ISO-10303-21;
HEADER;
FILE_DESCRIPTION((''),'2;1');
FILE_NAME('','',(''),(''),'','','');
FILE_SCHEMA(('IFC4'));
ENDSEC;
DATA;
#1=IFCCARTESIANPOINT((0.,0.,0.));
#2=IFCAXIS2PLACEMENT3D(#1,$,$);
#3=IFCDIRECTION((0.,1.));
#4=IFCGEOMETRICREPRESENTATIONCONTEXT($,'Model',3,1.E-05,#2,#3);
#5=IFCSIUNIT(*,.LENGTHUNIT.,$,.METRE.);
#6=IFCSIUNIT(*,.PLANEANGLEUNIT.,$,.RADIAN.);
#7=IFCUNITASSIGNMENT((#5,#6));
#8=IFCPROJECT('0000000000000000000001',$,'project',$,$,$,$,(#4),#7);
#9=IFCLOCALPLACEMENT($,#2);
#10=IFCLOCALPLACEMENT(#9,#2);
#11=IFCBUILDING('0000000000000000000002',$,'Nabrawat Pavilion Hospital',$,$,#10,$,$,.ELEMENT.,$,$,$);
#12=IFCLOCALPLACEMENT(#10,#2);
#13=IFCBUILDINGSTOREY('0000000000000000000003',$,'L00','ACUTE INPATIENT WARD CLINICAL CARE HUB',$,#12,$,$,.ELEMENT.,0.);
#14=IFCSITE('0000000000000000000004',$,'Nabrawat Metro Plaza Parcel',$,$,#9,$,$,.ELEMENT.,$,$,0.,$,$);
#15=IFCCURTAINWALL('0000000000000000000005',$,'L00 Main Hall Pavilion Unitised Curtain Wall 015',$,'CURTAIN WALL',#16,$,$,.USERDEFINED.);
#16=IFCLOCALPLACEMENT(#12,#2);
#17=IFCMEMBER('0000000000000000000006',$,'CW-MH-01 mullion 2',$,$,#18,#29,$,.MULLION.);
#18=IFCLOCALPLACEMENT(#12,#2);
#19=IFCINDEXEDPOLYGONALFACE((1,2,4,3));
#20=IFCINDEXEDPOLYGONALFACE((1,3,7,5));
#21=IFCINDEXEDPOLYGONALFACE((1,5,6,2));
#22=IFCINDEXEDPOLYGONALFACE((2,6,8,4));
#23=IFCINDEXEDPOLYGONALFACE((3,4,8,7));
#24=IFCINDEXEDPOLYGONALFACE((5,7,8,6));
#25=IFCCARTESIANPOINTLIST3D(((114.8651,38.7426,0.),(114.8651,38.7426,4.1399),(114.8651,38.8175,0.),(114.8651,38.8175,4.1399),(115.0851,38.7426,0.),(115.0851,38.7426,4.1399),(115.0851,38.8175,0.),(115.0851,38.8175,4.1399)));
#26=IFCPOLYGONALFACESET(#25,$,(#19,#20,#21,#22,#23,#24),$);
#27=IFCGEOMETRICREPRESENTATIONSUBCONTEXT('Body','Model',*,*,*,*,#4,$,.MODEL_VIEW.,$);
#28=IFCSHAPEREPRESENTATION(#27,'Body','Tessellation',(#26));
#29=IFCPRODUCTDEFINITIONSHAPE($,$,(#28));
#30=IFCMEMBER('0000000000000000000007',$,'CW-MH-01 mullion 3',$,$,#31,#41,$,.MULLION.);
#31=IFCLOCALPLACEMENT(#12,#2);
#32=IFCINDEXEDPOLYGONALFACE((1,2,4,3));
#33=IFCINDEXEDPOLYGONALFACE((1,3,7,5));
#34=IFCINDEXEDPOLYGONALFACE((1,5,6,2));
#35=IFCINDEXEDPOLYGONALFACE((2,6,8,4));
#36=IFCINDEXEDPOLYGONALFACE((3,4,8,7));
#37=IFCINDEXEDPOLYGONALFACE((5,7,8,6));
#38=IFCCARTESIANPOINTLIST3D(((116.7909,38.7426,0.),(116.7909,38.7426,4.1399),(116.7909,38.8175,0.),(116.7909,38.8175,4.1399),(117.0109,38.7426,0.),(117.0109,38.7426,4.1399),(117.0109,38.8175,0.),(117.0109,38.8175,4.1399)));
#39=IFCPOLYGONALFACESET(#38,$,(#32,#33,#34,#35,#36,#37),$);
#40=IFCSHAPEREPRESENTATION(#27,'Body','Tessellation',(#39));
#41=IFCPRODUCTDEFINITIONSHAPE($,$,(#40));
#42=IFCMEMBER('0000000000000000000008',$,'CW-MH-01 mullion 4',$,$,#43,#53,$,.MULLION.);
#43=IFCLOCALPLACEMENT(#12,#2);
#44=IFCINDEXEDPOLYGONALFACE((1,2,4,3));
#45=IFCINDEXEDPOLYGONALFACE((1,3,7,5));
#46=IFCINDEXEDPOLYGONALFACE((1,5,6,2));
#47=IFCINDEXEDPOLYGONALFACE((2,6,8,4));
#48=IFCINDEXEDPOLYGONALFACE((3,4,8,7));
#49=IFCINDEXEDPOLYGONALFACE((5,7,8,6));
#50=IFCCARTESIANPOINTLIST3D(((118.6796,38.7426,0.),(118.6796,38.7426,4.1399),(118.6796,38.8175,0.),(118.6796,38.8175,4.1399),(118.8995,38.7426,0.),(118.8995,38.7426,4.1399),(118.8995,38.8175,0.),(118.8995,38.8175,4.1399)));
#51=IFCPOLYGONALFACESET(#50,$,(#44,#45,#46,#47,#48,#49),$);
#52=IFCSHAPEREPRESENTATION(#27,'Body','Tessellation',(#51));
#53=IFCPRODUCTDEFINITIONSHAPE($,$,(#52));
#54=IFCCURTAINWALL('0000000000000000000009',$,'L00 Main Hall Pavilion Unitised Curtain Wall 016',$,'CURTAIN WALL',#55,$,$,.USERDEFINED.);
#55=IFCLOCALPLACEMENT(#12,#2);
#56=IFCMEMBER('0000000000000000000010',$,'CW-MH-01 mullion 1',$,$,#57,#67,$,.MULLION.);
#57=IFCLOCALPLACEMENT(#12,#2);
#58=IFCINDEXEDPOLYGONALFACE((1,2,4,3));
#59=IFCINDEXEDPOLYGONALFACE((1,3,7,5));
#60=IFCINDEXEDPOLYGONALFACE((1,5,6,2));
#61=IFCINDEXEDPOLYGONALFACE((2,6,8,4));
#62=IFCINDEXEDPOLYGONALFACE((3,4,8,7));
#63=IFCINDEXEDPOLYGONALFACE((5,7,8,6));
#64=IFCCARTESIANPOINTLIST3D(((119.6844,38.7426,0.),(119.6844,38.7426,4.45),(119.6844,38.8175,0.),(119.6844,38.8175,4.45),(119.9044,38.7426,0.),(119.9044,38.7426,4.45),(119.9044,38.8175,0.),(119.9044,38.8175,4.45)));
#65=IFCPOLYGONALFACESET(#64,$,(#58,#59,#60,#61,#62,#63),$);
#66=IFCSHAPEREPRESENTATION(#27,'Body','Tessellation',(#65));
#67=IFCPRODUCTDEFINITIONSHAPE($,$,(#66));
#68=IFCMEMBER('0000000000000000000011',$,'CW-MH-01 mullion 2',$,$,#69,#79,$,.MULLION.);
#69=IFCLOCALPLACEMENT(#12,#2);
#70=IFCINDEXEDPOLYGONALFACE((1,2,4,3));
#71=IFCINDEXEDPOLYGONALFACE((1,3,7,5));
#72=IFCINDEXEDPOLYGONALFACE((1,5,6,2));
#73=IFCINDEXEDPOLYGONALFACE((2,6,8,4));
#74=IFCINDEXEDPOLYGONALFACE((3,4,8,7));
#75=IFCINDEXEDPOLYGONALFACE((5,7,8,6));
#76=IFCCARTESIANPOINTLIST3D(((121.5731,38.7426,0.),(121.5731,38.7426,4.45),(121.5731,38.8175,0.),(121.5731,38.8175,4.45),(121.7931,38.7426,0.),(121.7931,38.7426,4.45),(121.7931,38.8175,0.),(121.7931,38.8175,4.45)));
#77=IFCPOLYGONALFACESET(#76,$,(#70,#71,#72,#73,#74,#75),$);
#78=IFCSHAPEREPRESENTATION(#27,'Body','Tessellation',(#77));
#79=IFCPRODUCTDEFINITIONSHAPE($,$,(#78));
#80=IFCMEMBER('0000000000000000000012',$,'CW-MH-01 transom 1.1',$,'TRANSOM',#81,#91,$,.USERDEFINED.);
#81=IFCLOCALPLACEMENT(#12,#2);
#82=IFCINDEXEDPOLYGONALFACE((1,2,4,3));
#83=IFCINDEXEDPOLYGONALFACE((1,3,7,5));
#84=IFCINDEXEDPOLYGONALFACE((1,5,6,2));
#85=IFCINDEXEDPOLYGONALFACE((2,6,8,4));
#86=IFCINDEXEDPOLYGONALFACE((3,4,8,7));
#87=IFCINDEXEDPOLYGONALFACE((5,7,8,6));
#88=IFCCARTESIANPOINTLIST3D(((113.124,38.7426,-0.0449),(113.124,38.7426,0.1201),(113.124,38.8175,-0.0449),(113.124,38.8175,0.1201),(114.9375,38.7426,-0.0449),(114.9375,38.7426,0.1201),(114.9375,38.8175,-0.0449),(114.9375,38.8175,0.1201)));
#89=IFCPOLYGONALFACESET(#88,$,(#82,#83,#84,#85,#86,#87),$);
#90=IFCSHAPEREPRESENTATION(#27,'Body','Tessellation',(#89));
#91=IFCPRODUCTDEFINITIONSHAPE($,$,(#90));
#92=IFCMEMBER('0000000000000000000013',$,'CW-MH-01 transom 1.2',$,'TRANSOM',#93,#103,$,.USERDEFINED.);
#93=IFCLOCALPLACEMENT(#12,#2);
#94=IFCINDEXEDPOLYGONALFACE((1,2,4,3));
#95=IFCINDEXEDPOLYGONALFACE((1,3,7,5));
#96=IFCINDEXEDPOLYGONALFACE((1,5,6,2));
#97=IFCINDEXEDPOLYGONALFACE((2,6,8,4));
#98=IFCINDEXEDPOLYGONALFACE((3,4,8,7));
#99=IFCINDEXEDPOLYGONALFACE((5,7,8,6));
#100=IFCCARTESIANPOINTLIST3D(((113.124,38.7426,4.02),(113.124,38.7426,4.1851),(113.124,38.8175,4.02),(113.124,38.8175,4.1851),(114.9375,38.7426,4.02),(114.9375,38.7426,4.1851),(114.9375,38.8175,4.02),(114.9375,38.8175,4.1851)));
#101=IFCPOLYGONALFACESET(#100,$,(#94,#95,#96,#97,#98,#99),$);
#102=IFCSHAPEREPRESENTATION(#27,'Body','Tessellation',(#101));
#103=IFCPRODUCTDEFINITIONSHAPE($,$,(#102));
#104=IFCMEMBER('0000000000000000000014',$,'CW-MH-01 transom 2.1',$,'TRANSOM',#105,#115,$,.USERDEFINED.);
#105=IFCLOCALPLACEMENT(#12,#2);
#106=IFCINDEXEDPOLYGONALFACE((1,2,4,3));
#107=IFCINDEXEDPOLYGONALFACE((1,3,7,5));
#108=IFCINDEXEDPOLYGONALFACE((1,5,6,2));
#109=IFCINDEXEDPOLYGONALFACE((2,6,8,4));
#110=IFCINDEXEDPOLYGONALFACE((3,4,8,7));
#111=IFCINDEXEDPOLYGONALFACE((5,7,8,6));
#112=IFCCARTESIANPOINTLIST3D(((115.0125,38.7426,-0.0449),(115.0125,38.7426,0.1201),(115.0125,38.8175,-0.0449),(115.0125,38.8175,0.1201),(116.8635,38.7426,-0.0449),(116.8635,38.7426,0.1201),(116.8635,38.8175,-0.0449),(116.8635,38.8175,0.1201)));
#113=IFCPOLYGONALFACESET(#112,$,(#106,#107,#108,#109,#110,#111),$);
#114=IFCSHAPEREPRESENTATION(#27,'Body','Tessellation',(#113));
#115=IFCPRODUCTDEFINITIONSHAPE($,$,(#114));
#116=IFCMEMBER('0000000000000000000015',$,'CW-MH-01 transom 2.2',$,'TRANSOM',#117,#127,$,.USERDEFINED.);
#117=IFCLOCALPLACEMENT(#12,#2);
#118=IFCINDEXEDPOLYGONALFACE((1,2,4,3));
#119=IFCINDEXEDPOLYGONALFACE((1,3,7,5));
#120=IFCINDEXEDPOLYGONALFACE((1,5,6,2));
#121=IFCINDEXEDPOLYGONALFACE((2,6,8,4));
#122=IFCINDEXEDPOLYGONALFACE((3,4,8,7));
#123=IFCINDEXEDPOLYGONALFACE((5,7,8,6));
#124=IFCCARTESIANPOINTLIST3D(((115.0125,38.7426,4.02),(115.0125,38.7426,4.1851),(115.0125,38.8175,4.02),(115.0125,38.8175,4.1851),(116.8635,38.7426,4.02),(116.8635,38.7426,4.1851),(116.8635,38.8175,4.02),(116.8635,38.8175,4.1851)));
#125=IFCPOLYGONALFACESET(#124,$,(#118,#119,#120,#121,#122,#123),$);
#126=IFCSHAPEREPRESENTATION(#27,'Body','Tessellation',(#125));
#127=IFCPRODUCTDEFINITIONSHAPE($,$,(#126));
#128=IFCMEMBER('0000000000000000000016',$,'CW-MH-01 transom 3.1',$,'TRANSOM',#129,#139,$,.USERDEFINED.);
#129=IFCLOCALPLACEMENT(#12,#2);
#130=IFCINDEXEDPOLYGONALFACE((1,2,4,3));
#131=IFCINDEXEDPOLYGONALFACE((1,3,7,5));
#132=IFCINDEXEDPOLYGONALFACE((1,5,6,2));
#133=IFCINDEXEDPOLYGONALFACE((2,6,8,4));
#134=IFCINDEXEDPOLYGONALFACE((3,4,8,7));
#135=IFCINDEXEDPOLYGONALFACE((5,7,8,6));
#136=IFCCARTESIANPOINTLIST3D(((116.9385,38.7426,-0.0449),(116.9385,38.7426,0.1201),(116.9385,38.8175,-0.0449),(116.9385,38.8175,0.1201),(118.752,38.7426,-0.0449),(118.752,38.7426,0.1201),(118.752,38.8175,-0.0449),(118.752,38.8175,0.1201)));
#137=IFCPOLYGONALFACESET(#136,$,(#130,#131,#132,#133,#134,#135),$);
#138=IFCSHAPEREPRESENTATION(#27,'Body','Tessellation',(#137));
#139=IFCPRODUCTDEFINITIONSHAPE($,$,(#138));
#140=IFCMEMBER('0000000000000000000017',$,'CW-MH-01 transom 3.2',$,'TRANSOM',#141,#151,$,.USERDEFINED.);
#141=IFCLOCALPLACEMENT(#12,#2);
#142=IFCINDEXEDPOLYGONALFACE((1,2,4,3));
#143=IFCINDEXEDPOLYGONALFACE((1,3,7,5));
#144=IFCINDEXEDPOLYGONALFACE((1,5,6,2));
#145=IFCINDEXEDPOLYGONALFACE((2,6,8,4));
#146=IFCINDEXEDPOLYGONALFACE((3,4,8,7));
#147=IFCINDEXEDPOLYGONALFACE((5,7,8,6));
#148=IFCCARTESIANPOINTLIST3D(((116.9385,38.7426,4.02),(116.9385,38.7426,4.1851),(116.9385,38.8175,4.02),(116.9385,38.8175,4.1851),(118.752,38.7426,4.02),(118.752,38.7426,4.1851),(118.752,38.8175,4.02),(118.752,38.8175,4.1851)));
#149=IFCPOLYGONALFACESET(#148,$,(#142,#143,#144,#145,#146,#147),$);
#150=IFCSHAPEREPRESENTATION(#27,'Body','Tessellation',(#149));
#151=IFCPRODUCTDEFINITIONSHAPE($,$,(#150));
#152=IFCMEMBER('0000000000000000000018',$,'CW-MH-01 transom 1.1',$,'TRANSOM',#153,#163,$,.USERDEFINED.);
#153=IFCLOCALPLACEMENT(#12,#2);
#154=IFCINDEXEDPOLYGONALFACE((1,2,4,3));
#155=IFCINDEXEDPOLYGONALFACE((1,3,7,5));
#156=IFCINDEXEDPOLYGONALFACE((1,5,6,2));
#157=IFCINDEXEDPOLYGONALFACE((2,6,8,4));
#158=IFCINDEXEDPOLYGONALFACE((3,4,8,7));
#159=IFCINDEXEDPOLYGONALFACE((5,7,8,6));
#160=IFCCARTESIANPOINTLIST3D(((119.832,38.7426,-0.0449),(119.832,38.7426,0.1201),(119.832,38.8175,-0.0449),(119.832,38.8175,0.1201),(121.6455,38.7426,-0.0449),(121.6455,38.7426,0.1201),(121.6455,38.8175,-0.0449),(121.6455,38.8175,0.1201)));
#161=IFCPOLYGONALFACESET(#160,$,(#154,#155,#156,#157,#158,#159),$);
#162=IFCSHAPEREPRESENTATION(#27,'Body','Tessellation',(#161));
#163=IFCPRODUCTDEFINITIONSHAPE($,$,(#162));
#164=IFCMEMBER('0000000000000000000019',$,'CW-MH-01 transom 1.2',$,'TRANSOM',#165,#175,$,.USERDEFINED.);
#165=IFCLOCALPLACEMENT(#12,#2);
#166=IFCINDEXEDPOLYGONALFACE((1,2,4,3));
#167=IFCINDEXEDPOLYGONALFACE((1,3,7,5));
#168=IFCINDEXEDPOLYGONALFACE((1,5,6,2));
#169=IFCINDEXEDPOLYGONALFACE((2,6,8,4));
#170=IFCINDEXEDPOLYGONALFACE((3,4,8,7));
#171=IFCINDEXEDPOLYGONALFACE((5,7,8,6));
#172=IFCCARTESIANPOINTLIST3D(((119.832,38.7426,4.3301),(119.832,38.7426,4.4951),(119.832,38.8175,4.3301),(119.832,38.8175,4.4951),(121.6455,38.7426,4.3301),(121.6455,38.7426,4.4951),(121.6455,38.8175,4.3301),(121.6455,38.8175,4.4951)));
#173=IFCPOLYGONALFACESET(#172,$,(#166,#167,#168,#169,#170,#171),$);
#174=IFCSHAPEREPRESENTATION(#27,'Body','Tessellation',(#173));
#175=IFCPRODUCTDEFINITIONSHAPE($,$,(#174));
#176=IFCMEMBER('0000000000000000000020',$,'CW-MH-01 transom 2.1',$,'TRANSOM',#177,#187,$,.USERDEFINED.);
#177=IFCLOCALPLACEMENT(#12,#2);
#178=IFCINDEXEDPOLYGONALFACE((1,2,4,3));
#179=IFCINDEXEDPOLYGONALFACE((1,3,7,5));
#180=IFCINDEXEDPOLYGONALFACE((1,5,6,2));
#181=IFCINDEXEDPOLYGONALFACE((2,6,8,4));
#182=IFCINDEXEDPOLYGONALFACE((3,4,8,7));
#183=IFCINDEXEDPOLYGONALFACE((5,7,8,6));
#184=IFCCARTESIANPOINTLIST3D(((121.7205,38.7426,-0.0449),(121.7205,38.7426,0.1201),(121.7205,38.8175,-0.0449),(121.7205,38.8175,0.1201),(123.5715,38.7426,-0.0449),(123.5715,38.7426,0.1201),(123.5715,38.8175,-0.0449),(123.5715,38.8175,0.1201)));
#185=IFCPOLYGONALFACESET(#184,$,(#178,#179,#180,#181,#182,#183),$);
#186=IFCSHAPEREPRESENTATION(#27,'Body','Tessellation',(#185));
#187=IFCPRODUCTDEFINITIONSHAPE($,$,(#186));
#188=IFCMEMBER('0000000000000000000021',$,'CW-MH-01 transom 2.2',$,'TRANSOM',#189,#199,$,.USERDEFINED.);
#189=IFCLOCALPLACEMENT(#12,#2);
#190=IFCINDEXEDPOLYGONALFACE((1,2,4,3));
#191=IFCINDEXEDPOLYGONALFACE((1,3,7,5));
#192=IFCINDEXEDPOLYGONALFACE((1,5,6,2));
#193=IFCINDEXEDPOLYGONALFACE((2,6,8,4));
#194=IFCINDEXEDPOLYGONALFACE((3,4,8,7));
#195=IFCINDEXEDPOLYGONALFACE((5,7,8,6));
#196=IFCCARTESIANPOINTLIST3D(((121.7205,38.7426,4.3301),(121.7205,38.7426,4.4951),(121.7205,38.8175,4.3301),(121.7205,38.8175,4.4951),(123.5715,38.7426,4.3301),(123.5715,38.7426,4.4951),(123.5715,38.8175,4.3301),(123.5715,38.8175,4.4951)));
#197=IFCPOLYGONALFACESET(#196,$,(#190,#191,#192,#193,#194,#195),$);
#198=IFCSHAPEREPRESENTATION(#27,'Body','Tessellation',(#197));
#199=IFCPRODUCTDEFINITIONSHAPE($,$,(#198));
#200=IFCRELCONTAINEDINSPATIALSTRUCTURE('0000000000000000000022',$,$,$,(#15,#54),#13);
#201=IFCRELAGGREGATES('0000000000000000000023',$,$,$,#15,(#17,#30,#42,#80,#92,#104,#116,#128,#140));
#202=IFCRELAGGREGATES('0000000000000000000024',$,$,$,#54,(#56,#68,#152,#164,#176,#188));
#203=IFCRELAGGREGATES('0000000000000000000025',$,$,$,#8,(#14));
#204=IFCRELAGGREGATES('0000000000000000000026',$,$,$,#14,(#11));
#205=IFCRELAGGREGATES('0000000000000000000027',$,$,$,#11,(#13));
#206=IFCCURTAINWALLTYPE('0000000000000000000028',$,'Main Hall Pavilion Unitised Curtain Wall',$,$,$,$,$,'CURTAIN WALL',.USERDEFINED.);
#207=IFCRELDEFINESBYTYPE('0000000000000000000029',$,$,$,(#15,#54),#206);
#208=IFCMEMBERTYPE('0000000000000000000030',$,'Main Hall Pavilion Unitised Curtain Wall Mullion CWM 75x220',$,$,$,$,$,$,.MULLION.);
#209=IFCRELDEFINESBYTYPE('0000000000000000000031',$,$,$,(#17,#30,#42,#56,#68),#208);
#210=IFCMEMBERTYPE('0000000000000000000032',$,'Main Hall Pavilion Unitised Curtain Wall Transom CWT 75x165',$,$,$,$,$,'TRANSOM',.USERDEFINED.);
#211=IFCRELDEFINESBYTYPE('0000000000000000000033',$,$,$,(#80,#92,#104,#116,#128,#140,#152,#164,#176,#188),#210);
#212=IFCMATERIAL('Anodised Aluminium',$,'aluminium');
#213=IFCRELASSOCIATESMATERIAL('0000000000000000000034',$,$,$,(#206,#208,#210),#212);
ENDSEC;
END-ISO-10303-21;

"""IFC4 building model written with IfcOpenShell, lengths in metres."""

from ifc_helpers import new_model, si_unit, direction, frame, origin, origin_2d, place, context, subcontext, project, spatial, rectangle, extrude, material, material_profile, profile_set, type_object, element, aggregate, save


model = new_model("IFC4")

# Units and contexts
model_context = context("Model", 3, precision=1e-05, world=origin(), true_north=direction((0.0, 1.0)))
body_context = subcontext(model_context, "Body", "Model", "MODEL_VIEW")
ifc_project = project(units=[si_unit("LENGTHUNIT", "METRE"), si_unit("PLANEANGLEUNIT", "RADIAN")], contexts=[model_context])

# Site, building, storey
site_placement = place(None, origin())
site = spatial("IfcSite", under=ifc_project, at=site_placement, Name="Nabrawat Metro Plaza Parcel", CompositionType="ELEMENT", RefElevation=0.0)
building_placement = place(site_placement, origin())
building = spatial("IfcBuilding", under=site, at=building_placement, Name="Nabrawat Pavilion Hospital", CompositionType="ELEMENT")
storey_placement = place(building_placement, origin())
storey = spatial("IfcBuildingStorey", under=building, at=storey_placement, Name="L00", Description="ACUTE INPATIENT WARD CLINICAL CARE HUB", CompositionType="ELEMENT", Elevation=0.0)

# Curtain walls, members
ifc_material_1 = material(Name="Anodised Aluminium", Category="aluminium")
curtain_wall_type = type_object("IfcCurtainWallType", Name="Main Hall Pavilion Unitised Curtain Wall", ElementType="CURTAIN WALL", PredefinedType="USERDEFINED", material=ifc_material_1)
curtain_wall_1_placement = place(storey_placement, origin())
curtain_wall_1 = element("IfcCurtainWall", 1, at=curtain_wall_1_placement, inside=storey, type_object=curtain_wall_type, Name="L00 Main Hall Pavilion Unitised Curtain Wall 015", ObjectType="CURTAIN WALL", PredefinedType="USERDEFINED")
ifc_material_profile_1 = material_profile(ifc_material_1, rectangle(XDim=0.075, YDim=0.22, at=origin_2d()), Name="CWM 75x220")
ifc_profile_set_1 = profile_set([ifc_material_profile_1], Name="Anodised Aluminium")
member_type_1 = type_object("IfcMemberType", Name="Main Hall Pavilion Unitised Curtain Wall Mullion CWM 75x220", PredefinedType="MULLION", material=ifc_profile_set_1)
member_1_placement = place(storey_placement, frame((114.9751, 38.78, 0.0), z_axis=(0.0, 0.0, 1.0), x_axis=(0.0, 1.0, 0.0)))
member_1 = element("IfcMember", 2, at=member_1_placement, type_object=member_type_1, Name="CW-MH-01 mullion 2", PredefinedType="MULLION", context=body_context, shape_type="SweptSolid", body=[
    extrude(rectangle(XDim=0.075, YDim=0.22, at=origin_2d()), origin(), (0.0, 0.0, 1.0), 4.1399),
])
member_2_placement = place(storey_placement, frame((116.9009, 38.78, 0.0), z_axis=(0.0, 0.0, 1.0), x_axis=(0.0, 1.0, 0.0)))
member_2 = element("IfcMember", 3, at=member_2_placement, type_object=member_type_1, Name="CW-MH-01 mullion 3", PredefinedType="MULLION", context=body_context, shape_type="SweptSolid", body=[
    extrude(rectangle(XDim=0.075, YDim=0.22, at=origin_2d()), origin(), (0.0, 0.0, 1.0), 4.1399),
])
member_3_placement = place(storey_placement, frame((118.7896, 38.78, 0.0), z_axis=(0.0, 0.0, 1.0), x_axis=(0.0, 1.0, 0.0)))
member_3 = element("IfcMember", 4, at=member_3_placement, type_object=member_type_1, Name="CW-MH-01 mullion 4", PredefinedType="MULLION", context=body_context, shape_type="SweptSolid", body=[
    extrude(rectangle(XDim=0.075, YDim=0.22, at=origin_2d()), origin(), (0.0, 0.0, 1.0), 4.1399),
])
curtain_wall_2_placement = place(storey_placement, origin())
curtain_wall_2 = element("IfcCurtainWall", 5, at=curtain_wall_2_placement, inside=storey, type_object=curtain_wall_type, Name="L00 Main Hall Pavilion Unitised Curtain Wall 016", ObjectType="CURTAIN WALL", PredefinedType="USERDEFINED")
member_4_placement = place(storey_placement, frame((119.7944, 38.78, 0.0), z_axis=(0.0, 0.0, 1.0), x_axis=(0.0, 1.0, 0.0)))
member_4 = element("IfcMember", 6, at=member_4_placement, type_object=member_type_1, Name="CW-MH-01 mullion 1", PredefinedType="MULLION", context=body_context, shape_type="SweptSolid", body=[
    extrude(rectangle(XDim=0.075, YDim=0.22, at=origin_2d()), origin(), (0.0, 0.0, 1.0), 4.45),
])
member_5_placement = place(storey_placement, frame((121.6831, 38.78, 0.0), z_axis=(0.0, 0.0, 1.0), x_axis=(0.0, 1.0, 0.0)))
member_5 = element("IfcMember", 7, at=member_5_placement, type_object=member_type_1, Name="CW-MH-01 mullion 2", PredefinedType="MULLION", context=body_context, shape_type="SweptSolid", body=[
    extrude(rectangle(XDim=0.075, YDim=0.22, at=origin_2d()), origin(), (0.0, 0.0, 1.0), 4.45),
])

# Members
ifc_material_profile_2 = material_profile(ifc_material_1, rectangle(XDim=0.075, YDim=0.165, at=origin_2d()), Name="CWT 75x165")
ifc_profile_set_2 = profile_set([ifc_material_profile_2], Name="Anodised Aluminium")
member_type_2 = type_object("IfcMemberType", Name="Main Hall Pavilion Unitised Curtain Wall Transom CWT 75x165", ElementType="TRANSOM", PredefinedType="USERDEFINED", material=ifc_profile_set_2)
member_6_placement = place(storey_placement, frame((113.124, 38.78, 0.0376), z_axis=(1.0, 0.0, 0.0), x_axis=(0.0, 1.0, 0.0)))
member_6 = element("IfcMember", 8, at=member_6_placement, type_object=member_type_2, Name="CW-MH-01 transom 1.1", ObjectType="TRANSOM", PredefinedType="USERDEFINED", context=body_context, shape_type="SweptSolid", body=[
    extrude(rectangle(XDim=0.075, YDim=0.165, at=origin_2d()), origin(), (0.0, 0.0, 1.0), 1.8135),
])
member_7_placement = place(storey_placement, frame((113.124, 38.78, 4.1025), z_axis=(1.0, 0.0, 0.0), x_axis=(0.0, 1.0, 0.0)))
member_7 = element("IfcMember", 9, at=member_7_placement, type_object=member_type_2, Name="CW-MH-01 transom 1.2", ObjectType="TRANSOM", PredefinedType="USERDEFINED", context=body_context, shape_type="SweptSolid", body=[
    extrude(rectangle(XDim=0.075, YDim=0.165, at=origin_2d()), origin(), (0.0, 0.0, 1.0), 1.8135),
])
member_8_placement = place(storey_placement, frame((115.0125, 38.78, 0.0376), z_axis=(1.0, 0.0, 0.0), x_axis=(0.0, 1.0, 0.0)))
member_8 = element("IfcMember", 10, at=member_8_placement, type_object=member_type_2, Name="CW-MH-01 transom 2.1", ObjectType="TRANSOM", PredefinedType="USERDEFINED", context=body_context, shape_type="SweptSolid", body=[
    extrude(rectangle(XDim=0.075, YDim=0.165, at=origin_2d()), origin(), (0.0, 0.0, 1.0), 1.8511),
])
member_9_placement = place(storey_placement, frame((115.0125, 38.78, 4.1025), z_axis=(1.0, 0.0, 0.0), x_axis=(0.0, 1.0, 0.0)))
member_9 = element("IfcMember", 11, at=member_9_placement, type_object=member_type_2, Name="CW-MH-01 transom 2.2", ObjectType="TRANSOM", PredefinedType="USERDEFINED", context=body_context, shape_type="SweptSolid", body=[
    extrude(rectangle(XDim=0.075, YDim=0.165, at=origin_2d()), origin(), (0.0, 0.0, 1.0), 1.8511),
])
member_10_placement = place(storey_placement, frame((116.9385, 38.78, 0.0376), z_axis=(1.0, 0.0, 0.0), x_axis=(0.0, 1.0, 0.0)))
member_10 = element("IfcMember", 12, at=member_10_placement, type_object=member_type_2, Name="CW-MH-01 transom 3.1", ObjectType="TRANSOM", PredefinedType="USERDEFINED", context=body_context, shape_type="SweptSolid", body=[
    extrude(rectangle(XDim=0.075, YDim=0.165, at=origin_2d()), origin(), (0.0, 0.0, 1.0), 1.8135),
])
member_11_placement = place(storey_placement, frame((116.9385, 38.78, 4.1025), z_axis=(1.0, 0.0, 0.0), x_axis=(0.0, 1.0, 0.0)))
member_11 = element("IfcMember", 13, at=member_11_placement, type_object=member_type_2, Name="CW-MH-01 transom 3.2", ObjectType="TRANSOM", PredefinedType="USERDEFINED", context=body_context, shape_type="SweptSolid", body=[
    extrude(rectangle(XDim=0.075, YDim=0.165, at=origin_2d()), origin(), (0.0, 0.0, 1.0), 1.8135),
])
member_12_placement = place(storey_placement, frame((119.832, 38.78, 0.0376), z_axis=(1.0, 0.0, 0.0), x_axis=(0.0, 1.0, 0.0)))
member_12 = element("IfcMember", 14, at=member_12_placement, type_object=member_type_2, Name="CW-MH-01 transom 1.1", ObjectType="TRANSOM", PredefinedType="USERDEFINED", context=body_context, shape_type="SweptSolid", body=[
    extrude(rectangle(XDim=0.075, YDim=0.165, at=origin_2d()), origin(), (0.0, 0.0, 1.0), 1.8135),
])
member_13_placement = place(storey_placement, frame((119.832, 38.78, 4.4126), z_axis=(1.0, 0.0, 0.0), x_axis=(0.0, 1.0, 0.0)))
member_13 = element("IfcMember", 15, at=member_13_placement, type_object=member_type_2, Name="CW-MH-01 transom 1.2", ObjectType="TRANSOM", PredefinedType="USERDEFINED", context=body_context, shape_type="SweptSolid", body=[
    extrude(rectangle(XDim=0.075, YDim=0.165, at=origin_2d()), origin(), (0.0, 0.0, 1.0), 1.8135),
])
member_14_placement = place(storey_placement, frame((121.7205, 38.78, 0.0376), z_axis=(1.0, 0.0, 0.0), x_axis=(0.0, 1.0, 0.0)))
member_14 = element("IfcMember", 16, at=member_14_placement, type_object=member_type_2, Name="CW-MH-01 transom 2.1", ObjectType="TRANSOM", PredefinedType="USERDEFINED", context=body_context, shape_type="SweptSolid", body=[
    extrude(rectangle(XDim=0.075, YDim=0.165, at=origin_2d()), origin(), (0.0, 0.0, 1.0), 1.8511),
])
member_15_placement = place(storey_placement, frame((121.7205, 38.78, 4.4126), z_axis=(1.0, 0.0, 0.0), x_axis=(0.0, 1.0, 0.0)))
member_15 = element("IfcMember", 17, at=member_15_placement, type_object=member_type_2, Name="CW-MH-01 transom 2.2", ObjectType="TRANSOM", PredefinedType="USERDEFINED", context=body_context, shape_type="SweptSolid", body=[
    extrude(rectangle(XDim=0.075, YDim=0.165, at=origin_2d()), origin(), (0.0, 0.0, 1.0), 1.8511),
])

aggregate(curtain_wall_1, [member_1, member_2, member_3, member_6, member_7, member_8, member_9, member_10, member_11])
aggregate(curtain_wall_2, [member_4, member_5, member_12, member_13, member_14, member_15])

save(model, "model.ifc")
